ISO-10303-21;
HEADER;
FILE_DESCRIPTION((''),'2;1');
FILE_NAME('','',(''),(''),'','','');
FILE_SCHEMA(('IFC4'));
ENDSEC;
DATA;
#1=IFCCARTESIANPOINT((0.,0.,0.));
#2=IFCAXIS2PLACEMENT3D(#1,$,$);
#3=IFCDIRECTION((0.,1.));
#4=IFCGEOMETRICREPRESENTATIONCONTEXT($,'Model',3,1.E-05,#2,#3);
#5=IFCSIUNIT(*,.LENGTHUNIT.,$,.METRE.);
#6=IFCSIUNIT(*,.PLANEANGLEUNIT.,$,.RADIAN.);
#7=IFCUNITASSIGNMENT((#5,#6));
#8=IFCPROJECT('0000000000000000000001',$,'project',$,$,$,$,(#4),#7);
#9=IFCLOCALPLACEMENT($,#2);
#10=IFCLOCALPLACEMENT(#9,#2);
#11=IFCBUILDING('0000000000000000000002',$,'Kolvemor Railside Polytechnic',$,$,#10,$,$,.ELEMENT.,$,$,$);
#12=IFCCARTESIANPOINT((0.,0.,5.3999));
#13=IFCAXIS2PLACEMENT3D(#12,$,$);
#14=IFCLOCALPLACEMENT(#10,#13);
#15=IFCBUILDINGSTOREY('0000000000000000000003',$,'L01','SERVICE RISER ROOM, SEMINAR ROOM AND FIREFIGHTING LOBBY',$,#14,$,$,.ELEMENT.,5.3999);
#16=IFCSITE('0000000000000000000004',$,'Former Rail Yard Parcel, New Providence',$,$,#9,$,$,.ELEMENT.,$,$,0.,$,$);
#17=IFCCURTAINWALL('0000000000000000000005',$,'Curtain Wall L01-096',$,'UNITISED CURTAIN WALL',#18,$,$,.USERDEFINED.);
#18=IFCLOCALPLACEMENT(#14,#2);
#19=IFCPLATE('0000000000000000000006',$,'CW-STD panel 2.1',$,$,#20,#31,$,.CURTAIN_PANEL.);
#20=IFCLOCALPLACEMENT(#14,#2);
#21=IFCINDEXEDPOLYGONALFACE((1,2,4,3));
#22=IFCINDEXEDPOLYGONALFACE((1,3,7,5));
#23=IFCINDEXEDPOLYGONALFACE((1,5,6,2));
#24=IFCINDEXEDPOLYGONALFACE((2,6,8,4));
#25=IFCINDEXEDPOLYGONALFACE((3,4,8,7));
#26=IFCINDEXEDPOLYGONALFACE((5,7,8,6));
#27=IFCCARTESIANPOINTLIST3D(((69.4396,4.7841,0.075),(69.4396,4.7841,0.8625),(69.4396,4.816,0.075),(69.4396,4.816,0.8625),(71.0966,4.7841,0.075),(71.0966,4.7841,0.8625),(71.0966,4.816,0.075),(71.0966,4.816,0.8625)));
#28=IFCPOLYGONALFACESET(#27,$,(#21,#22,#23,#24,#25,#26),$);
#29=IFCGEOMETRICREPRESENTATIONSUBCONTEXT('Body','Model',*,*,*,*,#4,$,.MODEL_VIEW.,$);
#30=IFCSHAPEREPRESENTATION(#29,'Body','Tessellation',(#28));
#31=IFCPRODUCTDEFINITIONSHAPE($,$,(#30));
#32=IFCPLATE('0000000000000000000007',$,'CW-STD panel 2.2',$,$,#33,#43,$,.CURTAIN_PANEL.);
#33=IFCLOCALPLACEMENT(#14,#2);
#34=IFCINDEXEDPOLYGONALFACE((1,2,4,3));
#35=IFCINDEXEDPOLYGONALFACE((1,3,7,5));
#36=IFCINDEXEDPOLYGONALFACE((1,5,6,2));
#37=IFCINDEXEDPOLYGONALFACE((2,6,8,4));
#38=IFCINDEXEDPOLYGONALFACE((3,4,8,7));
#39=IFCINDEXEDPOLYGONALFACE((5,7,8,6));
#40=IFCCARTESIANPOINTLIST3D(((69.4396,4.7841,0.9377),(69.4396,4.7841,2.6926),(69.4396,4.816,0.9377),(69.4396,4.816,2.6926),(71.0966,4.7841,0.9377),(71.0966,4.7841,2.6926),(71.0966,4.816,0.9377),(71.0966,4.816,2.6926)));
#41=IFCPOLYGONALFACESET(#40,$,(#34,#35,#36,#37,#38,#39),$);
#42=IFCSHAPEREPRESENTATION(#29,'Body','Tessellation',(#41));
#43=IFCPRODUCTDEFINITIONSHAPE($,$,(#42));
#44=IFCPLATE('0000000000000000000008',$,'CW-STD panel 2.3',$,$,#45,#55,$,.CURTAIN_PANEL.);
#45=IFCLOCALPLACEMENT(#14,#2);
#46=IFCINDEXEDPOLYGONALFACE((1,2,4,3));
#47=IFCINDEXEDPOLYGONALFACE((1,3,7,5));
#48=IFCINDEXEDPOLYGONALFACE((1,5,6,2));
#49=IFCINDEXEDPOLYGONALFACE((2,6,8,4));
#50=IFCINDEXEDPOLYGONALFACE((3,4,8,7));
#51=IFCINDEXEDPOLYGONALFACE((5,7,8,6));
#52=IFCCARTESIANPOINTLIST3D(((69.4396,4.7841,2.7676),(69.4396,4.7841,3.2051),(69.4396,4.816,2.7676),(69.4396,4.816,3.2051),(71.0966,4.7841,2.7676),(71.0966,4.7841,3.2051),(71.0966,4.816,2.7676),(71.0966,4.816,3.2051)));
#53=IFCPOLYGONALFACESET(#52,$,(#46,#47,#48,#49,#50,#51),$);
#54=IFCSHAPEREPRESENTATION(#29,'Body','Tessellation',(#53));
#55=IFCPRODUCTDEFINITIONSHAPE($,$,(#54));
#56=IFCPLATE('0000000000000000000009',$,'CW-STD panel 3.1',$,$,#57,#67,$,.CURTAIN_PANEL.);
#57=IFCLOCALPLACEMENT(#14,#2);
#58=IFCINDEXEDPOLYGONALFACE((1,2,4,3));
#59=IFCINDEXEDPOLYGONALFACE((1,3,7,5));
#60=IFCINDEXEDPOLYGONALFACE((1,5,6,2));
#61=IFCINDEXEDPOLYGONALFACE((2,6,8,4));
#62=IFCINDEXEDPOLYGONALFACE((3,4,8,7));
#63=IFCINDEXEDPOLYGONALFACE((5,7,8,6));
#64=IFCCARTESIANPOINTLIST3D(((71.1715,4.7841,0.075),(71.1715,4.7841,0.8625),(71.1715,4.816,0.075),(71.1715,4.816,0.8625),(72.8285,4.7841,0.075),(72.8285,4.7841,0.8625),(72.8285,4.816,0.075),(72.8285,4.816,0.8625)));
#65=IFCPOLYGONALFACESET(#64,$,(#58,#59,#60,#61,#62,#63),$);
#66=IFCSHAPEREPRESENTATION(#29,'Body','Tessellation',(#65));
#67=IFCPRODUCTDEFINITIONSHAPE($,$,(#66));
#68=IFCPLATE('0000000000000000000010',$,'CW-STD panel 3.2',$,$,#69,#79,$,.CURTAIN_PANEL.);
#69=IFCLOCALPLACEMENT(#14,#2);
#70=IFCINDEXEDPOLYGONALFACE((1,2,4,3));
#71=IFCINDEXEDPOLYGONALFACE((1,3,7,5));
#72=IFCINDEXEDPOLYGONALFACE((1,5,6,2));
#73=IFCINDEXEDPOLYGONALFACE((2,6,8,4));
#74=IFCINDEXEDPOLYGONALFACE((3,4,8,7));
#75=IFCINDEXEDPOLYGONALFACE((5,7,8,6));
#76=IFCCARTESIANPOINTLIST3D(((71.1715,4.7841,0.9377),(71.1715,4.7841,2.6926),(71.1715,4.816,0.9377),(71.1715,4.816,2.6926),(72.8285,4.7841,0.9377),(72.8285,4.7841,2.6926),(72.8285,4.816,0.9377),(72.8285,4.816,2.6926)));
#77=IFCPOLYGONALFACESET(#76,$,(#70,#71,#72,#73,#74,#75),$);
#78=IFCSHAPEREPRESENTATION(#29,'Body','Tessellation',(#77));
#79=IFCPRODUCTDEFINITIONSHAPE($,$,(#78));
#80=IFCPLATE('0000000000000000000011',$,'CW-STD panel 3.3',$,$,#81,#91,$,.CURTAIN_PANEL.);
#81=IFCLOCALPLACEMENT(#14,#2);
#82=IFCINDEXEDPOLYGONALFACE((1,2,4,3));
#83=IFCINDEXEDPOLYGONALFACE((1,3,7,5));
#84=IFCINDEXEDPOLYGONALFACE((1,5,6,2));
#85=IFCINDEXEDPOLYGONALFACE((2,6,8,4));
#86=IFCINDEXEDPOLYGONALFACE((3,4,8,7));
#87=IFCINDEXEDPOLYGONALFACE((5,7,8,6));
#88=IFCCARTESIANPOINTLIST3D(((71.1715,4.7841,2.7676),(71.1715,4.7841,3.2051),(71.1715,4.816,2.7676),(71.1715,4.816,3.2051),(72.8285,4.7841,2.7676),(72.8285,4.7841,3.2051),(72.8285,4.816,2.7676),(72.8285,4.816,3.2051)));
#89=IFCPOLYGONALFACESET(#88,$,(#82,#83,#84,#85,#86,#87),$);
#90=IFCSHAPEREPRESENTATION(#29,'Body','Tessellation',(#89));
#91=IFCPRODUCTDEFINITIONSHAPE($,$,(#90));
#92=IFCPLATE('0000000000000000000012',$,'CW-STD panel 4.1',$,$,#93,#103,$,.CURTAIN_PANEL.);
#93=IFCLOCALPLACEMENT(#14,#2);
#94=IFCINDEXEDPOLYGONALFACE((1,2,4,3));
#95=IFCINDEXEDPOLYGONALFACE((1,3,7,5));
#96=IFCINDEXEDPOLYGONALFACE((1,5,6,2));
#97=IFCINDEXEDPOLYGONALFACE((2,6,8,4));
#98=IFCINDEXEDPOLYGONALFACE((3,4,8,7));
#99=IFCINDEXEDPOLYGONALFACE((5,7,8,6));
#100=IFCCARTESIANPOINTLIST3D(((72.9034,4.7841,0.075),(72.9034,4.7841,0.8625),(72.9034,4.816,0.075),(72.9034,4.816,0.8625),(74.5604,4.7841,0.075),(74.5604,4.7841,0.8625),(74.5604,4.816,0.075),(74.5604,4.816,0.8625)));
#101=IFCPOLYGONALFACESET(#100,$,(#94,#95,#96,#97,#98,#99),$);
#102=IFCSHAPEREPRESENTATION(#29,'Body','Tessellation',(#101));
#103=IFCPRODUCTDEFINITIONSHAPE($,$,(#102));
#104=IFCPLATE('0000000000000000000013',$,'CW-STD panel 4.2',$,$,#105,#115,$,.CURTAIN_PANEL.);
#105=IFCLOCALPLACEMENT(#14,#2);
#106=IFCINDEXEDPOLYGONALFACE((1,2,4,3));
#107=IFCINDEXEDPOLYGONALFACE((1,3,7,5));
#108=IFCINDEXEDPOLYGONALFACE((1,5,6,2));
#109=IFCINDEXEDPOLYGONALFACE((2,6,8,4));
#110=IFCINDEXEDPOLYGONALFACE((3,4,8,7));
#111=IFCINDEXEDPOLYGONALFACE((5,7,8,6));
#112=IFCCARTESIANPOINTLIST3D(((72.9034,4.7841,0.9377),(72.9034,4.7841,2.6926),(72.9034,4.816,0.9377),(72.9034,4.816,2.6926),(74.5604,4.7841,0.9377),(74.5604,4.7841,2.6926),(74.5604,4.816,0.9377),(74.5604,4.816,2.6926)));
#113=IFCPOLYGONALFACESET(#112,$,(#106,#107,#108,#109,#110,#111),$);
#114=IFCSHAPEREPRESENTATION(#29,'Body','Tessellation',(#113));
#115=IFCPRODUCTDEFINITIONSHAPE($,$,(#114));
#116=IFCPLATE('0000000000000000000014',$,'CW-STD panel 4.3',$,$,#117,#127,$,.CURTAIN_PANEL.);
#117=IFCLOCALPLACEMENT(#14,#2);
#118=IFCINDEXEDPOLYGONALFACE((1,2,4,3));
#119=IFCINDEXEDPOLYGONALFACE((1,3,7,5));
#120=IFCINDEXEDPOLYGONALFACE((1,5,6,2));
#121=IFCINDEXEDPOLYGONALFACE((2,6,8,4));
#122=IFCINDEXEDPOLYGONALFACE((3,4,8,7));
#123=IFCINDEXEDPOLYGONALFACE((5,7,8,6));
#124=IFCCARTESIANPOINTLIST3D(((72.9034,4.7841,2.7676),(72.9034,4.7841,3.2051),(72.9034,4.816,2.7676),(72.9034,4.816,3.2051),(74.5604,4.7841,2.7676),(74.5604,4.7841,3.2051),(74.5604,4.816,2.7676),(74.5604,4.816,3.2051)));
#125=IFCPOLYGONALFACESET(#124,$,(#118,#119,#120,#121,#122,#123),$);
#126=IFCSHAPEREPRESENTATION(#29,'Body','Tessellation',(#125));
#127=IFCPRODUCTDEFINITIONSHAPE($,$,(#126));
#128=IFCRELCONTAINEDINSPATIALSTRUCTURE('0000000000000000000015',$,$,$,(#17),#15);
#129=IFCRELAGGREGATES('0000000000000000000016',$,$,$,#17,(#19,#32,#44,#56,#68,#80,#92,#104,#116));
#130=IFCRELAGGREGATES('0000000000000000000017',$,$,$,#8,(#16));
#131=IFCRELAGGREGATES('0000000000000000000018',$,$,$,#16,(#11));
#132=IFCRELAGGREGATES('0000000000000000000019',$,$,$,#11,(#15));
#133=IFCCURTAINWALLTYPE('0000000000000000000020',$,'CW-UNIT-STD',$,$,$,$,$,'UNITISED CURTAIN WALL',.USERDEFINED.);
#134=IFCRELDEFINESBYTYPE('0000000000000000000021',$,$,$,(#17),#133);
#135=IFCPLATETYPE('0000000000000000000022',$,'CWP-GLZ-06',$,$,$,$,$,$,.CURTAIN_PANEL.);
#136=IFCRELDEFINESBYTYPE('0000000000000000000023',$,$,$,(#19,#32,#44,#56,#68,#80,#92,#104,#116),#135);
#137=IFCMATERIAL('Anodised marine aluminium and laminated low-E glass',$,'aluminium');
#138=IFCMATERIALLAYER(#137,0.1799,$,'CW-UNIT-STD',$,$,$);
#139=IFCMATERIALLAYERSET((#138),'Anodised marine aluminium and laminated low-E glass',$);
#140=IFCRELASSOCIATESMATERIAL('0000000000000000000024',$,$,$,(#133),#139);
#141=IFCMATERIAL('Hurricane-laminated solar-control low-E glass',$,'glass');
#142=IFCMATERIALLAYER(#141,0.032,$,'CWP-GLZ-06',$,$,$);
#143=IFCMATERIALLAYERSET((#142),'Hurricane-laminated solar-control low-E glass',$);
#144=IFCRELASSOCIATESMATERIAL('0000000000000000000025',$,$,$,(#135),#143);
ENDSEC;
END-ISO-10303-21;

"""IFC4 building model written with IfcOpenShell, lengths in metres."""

from ifc_helpers import new_model, si_unit, direction, frame, origin, origin_2d, place, context, subcontext, project, spatial, rectangle, extrude, material, layer, layer_set, type_object, element, aggregate, save


model = new_model("IFC4")

# Units and contexts
model_context = context("Model", 3, precision=1e-05, world=origin(), true_north=direction((0.0, 1.0)))
body_context = subcontext(model_context, "Body", "Model", "MODEL_VIEW")
ifc_project = project(units=[si_unit("LENGTHUNIT", "METRE"), si_unit("PLANEANGLEUNIT", "RADIAN")], contexts=[model_context])

# Site, building, storey
site_placement = place(None, origin())
site = spatial("IfcSite", under=ifc_project, at=site_placement, Name="Former Rail Yard Parcel, New Providence", CompositionType="ELEMENT", RefElevation=0.0)
building_placement = place(site_placement, origin())
building = spatial("IfcBuilding", under=site, at=building_placement, Name="Kolvemor Railside Polytechnic", CompositionType="ELEMENT")
storey_placement = place(building_placement, frame((0.0, 0.0, 5.3999)))
storey = spatial("IfcBuildingStorey", under=building, at=storey_placement, Name="L01", Description="SERVICE RISER ROOM, SEMINAR ROOM AND FIREFIGHTING LOBBY", CompositionType="ELEMENT", Elevation=5.3999)

# Curtain wall, plates
ifc_material_1 = material(Name="Anodised marine aluminium and laminated low-E glass", Category="aluminium")
ifc_layer_1 = layer(ifc_material_1, 0.1799, Name="CW-UNIT-STD")
ifc_layer_set_1 = layer_set([ifc_layer_1], Name="Anodised marine aluminium and laminated low-E glass")
curtain_wall_type = type_object("IfcCurtainWallType", Name="CW-UNIT-STD", ElementType="UNITISED CURTAIN WALL", PredefinedType="USERDEFINED", material=ifc_layer_set_1)
curtain_wall_placement = place(storey_placement, origin())
curtain_wall = element("IfcCurtainWall", 1, at=curtain_wall_placement, inside=storey, type_object=curtain_wall_type, Name="Curtain Wall L01-096", ObjectType="UNITISED CURTAIN WALL", PredefinedType="USERDEFINED")
ifc_material_2 = material(Name="Hurricane-laminated solar-control low-E glass", Category="glass")
ifc_layer_2 = layer(ifc_material_2, 0.032, Name="CWP-GLZ-06")
ifc_layer_set_2 = layer_set([ifc_layer_2], Name="Hurricane-laminated solar-control low-E glass")
plate_type = type_object("IfcPlateType", Name="CWP-GLZ-06", PredefinedType="CURTAIN_PANEL", material=ifc_layer_set_2)
plate_1_placement = place(storey_placement, frame((70.2681, 4.8, 0.075), z_axis=(0.0, 0.0, 1.0), x_axis=(1.0, 0.0, 0.0)))
plate_1 = element("IfcPlate", 2, at=plate_1_placement, type_object=plate_type, Name="CW-STD panel 2.1", PredefinedType="CURTAIN_PANEL", context=body_context, shape_type="SweptSolid", body=[
    extrude(rectangle(XDim=1.657, YDim=0.032, at=origin_2d()), origin(), (0.0, 0.0, 1.0), 0.7876),
])
plate_2_placement = place(storey_placement, frame((70.2681, 4.8, 0.9377), z_axis=(0.0, 0.0, 1.0), x_axis=(1.0, 0.0, 0.0)))
plate_2 = element("IfcPlate", 3, at=plate_2_placement, type_object=plate_type, Name="CW-STD panel 2.2", PredefinedType="CURTAIN_PANEL", context=body_context, shape_type="SweptSolid", body=[
    extrude(rectangle(XDim=1.657, YDim=0.032, at=origin_2d()), origin(), (0.0, 0.0, 1.0), 1.7549),
])
plate_3_placement = place(storey_placement, frame((70.2681, 4.8, 2.7676), z_axis=(0.0, 0.0, 1.0), x_axis=(1.0, 0.0, 0.0)))
plate_3 = element("IfcPlate", 4, at=plate_3_placement, type_object=plate_type, Name="CW-STD panel 2.3", PredefinedType="CURTAIN_PANEL", context=body_context, shape_type="SweptSolid", body=[
    extrude(rectangle(XDim=1.657, YDim=0.032, at=origin_2d()), origin(), (0.0, 0.0, 1.0), 0.4375),
])
plate_4_placement = place(storey_placement, frame((72.0, 4.8, 0.075), z_axis=(0.0, 0.0, 1.0), x_axis=(1.0, 0.0, 0.0)))
plate_4 = element("IfcPlate", 5, at=plate_4_placement, type_object=plate_type, Name="CW-STD panel 3.1", PredefinedType="CURTAIN_PANEL", context=body_context, shape_type="SweptSolid", body=[
    extrude(rectangle(XDim=1.657, YDim=0.032, at=origin_2d()), origin(), (0.0, 0.0, 1.0), 0.7876),
])
plate_5_placement = place(storey_placement, frame((72.0, 4.8, 0.9377), z_axis=(0.0, 0.0, 1.0), x_axis=(1.0, 0.0, 0.0)))
plate_5 = element("IfcPlate", 6, at=plate_5_placement, type_object=plate_type, Name="CW-STD panel 3.2", PredefinedType="CURTAIN_PANEL", context=body_context, shape_type="SweptSolid", body=[
    extrude(rectangle(XDim=1.657, YDim=0.032, at=origin_2d()), origin(), (0.0, 0.0, 1.0), 1.7549),
])
plate_6_placement = place(storey_placement, frame((72.0, 4.8, 2.7676), z_axis=(0.0, 0.0, 1.0), x_axis=(1.0, 0.0, 0.0)))
plate_6 = element("IfcPlate", 7, at=plate_6_placement, type_object=plate_type, Name="CW-STD panel 3.3", PredefinedType="CURTAIN_PANEL", context=body_context, shape_type="SweptSolid", body=[
    extrude(rectangle(XDim=1.657, YDim=0.032, at=origin_2d()), origin(), (0.0, 0.0, 1.0), 0.4375),
])
plate_7_placement = place(storey_placement, frame((73.7319, 4.8, 0.075), z_axis=(0.0, 0.0, 1.0), x_axis=(1.0, 0.0, 0.0)))
plate_7 = element("IfcPlate", 8, at=plate_7_placement, type_object=plate_type, Name="CW-STD panel 4.1", PredefinedType="CURTAIN_PANEL", context=body_context, shape_type="SweptSolid", body=[
    extrude(rectangle(XDim=1.657, YDim=0.032, at=origin_2d()), origin(), (0.0, 0.0, 1.0), 0.7876),
])
plate_8_placement = place(storey_placement, frame((73.7319, 4.8, 0.9377), z_axis=(0.0, 0.0, 1.0), x_axis=(1.0, 0.0, 0.0)))
plate_8 = element("IfcPlate", 9, at=plate_8_placement, type_object=plate_type, Name="CW-STD panel 4.2", PredefinedType="CURTAIN_PANEL", context=body_context, shape_type="SweptSolid", body=[
    extrude(rectangle(XDim=1.657, YDim=0.032, at=origin_2d()), origin(), (0.0, 0.0, 1.0), 1.7549),
])
plate_9_placement = place(storey_placement, frame((73.7319, 4.8, 2.7676), z_axis=(0.0, 0.0, 1.0), x_axis=(1.0, 0.0, 0.0)))
plate_9 = element("IfcPlate", 10, at=plate_9_placement, type_object=plate_type, Name="CW-STD panel 4.3", PredefinedType="CURTAIN_PANEL", context=body_context, shape_type="SweptSolid", body=[
    extrude(rectangle(XDim=1.657, YDim=0.032, at=origin_2d()), origin(), (0.0, 0.0, 1.0), 0.4375),
])
aggregate(curtain_wall, [plate_1, plate_2, plate_3, plate_4, plate_5, plate_6, plate_7, plate_8, plate_9])

save(model, "model.ifc")
